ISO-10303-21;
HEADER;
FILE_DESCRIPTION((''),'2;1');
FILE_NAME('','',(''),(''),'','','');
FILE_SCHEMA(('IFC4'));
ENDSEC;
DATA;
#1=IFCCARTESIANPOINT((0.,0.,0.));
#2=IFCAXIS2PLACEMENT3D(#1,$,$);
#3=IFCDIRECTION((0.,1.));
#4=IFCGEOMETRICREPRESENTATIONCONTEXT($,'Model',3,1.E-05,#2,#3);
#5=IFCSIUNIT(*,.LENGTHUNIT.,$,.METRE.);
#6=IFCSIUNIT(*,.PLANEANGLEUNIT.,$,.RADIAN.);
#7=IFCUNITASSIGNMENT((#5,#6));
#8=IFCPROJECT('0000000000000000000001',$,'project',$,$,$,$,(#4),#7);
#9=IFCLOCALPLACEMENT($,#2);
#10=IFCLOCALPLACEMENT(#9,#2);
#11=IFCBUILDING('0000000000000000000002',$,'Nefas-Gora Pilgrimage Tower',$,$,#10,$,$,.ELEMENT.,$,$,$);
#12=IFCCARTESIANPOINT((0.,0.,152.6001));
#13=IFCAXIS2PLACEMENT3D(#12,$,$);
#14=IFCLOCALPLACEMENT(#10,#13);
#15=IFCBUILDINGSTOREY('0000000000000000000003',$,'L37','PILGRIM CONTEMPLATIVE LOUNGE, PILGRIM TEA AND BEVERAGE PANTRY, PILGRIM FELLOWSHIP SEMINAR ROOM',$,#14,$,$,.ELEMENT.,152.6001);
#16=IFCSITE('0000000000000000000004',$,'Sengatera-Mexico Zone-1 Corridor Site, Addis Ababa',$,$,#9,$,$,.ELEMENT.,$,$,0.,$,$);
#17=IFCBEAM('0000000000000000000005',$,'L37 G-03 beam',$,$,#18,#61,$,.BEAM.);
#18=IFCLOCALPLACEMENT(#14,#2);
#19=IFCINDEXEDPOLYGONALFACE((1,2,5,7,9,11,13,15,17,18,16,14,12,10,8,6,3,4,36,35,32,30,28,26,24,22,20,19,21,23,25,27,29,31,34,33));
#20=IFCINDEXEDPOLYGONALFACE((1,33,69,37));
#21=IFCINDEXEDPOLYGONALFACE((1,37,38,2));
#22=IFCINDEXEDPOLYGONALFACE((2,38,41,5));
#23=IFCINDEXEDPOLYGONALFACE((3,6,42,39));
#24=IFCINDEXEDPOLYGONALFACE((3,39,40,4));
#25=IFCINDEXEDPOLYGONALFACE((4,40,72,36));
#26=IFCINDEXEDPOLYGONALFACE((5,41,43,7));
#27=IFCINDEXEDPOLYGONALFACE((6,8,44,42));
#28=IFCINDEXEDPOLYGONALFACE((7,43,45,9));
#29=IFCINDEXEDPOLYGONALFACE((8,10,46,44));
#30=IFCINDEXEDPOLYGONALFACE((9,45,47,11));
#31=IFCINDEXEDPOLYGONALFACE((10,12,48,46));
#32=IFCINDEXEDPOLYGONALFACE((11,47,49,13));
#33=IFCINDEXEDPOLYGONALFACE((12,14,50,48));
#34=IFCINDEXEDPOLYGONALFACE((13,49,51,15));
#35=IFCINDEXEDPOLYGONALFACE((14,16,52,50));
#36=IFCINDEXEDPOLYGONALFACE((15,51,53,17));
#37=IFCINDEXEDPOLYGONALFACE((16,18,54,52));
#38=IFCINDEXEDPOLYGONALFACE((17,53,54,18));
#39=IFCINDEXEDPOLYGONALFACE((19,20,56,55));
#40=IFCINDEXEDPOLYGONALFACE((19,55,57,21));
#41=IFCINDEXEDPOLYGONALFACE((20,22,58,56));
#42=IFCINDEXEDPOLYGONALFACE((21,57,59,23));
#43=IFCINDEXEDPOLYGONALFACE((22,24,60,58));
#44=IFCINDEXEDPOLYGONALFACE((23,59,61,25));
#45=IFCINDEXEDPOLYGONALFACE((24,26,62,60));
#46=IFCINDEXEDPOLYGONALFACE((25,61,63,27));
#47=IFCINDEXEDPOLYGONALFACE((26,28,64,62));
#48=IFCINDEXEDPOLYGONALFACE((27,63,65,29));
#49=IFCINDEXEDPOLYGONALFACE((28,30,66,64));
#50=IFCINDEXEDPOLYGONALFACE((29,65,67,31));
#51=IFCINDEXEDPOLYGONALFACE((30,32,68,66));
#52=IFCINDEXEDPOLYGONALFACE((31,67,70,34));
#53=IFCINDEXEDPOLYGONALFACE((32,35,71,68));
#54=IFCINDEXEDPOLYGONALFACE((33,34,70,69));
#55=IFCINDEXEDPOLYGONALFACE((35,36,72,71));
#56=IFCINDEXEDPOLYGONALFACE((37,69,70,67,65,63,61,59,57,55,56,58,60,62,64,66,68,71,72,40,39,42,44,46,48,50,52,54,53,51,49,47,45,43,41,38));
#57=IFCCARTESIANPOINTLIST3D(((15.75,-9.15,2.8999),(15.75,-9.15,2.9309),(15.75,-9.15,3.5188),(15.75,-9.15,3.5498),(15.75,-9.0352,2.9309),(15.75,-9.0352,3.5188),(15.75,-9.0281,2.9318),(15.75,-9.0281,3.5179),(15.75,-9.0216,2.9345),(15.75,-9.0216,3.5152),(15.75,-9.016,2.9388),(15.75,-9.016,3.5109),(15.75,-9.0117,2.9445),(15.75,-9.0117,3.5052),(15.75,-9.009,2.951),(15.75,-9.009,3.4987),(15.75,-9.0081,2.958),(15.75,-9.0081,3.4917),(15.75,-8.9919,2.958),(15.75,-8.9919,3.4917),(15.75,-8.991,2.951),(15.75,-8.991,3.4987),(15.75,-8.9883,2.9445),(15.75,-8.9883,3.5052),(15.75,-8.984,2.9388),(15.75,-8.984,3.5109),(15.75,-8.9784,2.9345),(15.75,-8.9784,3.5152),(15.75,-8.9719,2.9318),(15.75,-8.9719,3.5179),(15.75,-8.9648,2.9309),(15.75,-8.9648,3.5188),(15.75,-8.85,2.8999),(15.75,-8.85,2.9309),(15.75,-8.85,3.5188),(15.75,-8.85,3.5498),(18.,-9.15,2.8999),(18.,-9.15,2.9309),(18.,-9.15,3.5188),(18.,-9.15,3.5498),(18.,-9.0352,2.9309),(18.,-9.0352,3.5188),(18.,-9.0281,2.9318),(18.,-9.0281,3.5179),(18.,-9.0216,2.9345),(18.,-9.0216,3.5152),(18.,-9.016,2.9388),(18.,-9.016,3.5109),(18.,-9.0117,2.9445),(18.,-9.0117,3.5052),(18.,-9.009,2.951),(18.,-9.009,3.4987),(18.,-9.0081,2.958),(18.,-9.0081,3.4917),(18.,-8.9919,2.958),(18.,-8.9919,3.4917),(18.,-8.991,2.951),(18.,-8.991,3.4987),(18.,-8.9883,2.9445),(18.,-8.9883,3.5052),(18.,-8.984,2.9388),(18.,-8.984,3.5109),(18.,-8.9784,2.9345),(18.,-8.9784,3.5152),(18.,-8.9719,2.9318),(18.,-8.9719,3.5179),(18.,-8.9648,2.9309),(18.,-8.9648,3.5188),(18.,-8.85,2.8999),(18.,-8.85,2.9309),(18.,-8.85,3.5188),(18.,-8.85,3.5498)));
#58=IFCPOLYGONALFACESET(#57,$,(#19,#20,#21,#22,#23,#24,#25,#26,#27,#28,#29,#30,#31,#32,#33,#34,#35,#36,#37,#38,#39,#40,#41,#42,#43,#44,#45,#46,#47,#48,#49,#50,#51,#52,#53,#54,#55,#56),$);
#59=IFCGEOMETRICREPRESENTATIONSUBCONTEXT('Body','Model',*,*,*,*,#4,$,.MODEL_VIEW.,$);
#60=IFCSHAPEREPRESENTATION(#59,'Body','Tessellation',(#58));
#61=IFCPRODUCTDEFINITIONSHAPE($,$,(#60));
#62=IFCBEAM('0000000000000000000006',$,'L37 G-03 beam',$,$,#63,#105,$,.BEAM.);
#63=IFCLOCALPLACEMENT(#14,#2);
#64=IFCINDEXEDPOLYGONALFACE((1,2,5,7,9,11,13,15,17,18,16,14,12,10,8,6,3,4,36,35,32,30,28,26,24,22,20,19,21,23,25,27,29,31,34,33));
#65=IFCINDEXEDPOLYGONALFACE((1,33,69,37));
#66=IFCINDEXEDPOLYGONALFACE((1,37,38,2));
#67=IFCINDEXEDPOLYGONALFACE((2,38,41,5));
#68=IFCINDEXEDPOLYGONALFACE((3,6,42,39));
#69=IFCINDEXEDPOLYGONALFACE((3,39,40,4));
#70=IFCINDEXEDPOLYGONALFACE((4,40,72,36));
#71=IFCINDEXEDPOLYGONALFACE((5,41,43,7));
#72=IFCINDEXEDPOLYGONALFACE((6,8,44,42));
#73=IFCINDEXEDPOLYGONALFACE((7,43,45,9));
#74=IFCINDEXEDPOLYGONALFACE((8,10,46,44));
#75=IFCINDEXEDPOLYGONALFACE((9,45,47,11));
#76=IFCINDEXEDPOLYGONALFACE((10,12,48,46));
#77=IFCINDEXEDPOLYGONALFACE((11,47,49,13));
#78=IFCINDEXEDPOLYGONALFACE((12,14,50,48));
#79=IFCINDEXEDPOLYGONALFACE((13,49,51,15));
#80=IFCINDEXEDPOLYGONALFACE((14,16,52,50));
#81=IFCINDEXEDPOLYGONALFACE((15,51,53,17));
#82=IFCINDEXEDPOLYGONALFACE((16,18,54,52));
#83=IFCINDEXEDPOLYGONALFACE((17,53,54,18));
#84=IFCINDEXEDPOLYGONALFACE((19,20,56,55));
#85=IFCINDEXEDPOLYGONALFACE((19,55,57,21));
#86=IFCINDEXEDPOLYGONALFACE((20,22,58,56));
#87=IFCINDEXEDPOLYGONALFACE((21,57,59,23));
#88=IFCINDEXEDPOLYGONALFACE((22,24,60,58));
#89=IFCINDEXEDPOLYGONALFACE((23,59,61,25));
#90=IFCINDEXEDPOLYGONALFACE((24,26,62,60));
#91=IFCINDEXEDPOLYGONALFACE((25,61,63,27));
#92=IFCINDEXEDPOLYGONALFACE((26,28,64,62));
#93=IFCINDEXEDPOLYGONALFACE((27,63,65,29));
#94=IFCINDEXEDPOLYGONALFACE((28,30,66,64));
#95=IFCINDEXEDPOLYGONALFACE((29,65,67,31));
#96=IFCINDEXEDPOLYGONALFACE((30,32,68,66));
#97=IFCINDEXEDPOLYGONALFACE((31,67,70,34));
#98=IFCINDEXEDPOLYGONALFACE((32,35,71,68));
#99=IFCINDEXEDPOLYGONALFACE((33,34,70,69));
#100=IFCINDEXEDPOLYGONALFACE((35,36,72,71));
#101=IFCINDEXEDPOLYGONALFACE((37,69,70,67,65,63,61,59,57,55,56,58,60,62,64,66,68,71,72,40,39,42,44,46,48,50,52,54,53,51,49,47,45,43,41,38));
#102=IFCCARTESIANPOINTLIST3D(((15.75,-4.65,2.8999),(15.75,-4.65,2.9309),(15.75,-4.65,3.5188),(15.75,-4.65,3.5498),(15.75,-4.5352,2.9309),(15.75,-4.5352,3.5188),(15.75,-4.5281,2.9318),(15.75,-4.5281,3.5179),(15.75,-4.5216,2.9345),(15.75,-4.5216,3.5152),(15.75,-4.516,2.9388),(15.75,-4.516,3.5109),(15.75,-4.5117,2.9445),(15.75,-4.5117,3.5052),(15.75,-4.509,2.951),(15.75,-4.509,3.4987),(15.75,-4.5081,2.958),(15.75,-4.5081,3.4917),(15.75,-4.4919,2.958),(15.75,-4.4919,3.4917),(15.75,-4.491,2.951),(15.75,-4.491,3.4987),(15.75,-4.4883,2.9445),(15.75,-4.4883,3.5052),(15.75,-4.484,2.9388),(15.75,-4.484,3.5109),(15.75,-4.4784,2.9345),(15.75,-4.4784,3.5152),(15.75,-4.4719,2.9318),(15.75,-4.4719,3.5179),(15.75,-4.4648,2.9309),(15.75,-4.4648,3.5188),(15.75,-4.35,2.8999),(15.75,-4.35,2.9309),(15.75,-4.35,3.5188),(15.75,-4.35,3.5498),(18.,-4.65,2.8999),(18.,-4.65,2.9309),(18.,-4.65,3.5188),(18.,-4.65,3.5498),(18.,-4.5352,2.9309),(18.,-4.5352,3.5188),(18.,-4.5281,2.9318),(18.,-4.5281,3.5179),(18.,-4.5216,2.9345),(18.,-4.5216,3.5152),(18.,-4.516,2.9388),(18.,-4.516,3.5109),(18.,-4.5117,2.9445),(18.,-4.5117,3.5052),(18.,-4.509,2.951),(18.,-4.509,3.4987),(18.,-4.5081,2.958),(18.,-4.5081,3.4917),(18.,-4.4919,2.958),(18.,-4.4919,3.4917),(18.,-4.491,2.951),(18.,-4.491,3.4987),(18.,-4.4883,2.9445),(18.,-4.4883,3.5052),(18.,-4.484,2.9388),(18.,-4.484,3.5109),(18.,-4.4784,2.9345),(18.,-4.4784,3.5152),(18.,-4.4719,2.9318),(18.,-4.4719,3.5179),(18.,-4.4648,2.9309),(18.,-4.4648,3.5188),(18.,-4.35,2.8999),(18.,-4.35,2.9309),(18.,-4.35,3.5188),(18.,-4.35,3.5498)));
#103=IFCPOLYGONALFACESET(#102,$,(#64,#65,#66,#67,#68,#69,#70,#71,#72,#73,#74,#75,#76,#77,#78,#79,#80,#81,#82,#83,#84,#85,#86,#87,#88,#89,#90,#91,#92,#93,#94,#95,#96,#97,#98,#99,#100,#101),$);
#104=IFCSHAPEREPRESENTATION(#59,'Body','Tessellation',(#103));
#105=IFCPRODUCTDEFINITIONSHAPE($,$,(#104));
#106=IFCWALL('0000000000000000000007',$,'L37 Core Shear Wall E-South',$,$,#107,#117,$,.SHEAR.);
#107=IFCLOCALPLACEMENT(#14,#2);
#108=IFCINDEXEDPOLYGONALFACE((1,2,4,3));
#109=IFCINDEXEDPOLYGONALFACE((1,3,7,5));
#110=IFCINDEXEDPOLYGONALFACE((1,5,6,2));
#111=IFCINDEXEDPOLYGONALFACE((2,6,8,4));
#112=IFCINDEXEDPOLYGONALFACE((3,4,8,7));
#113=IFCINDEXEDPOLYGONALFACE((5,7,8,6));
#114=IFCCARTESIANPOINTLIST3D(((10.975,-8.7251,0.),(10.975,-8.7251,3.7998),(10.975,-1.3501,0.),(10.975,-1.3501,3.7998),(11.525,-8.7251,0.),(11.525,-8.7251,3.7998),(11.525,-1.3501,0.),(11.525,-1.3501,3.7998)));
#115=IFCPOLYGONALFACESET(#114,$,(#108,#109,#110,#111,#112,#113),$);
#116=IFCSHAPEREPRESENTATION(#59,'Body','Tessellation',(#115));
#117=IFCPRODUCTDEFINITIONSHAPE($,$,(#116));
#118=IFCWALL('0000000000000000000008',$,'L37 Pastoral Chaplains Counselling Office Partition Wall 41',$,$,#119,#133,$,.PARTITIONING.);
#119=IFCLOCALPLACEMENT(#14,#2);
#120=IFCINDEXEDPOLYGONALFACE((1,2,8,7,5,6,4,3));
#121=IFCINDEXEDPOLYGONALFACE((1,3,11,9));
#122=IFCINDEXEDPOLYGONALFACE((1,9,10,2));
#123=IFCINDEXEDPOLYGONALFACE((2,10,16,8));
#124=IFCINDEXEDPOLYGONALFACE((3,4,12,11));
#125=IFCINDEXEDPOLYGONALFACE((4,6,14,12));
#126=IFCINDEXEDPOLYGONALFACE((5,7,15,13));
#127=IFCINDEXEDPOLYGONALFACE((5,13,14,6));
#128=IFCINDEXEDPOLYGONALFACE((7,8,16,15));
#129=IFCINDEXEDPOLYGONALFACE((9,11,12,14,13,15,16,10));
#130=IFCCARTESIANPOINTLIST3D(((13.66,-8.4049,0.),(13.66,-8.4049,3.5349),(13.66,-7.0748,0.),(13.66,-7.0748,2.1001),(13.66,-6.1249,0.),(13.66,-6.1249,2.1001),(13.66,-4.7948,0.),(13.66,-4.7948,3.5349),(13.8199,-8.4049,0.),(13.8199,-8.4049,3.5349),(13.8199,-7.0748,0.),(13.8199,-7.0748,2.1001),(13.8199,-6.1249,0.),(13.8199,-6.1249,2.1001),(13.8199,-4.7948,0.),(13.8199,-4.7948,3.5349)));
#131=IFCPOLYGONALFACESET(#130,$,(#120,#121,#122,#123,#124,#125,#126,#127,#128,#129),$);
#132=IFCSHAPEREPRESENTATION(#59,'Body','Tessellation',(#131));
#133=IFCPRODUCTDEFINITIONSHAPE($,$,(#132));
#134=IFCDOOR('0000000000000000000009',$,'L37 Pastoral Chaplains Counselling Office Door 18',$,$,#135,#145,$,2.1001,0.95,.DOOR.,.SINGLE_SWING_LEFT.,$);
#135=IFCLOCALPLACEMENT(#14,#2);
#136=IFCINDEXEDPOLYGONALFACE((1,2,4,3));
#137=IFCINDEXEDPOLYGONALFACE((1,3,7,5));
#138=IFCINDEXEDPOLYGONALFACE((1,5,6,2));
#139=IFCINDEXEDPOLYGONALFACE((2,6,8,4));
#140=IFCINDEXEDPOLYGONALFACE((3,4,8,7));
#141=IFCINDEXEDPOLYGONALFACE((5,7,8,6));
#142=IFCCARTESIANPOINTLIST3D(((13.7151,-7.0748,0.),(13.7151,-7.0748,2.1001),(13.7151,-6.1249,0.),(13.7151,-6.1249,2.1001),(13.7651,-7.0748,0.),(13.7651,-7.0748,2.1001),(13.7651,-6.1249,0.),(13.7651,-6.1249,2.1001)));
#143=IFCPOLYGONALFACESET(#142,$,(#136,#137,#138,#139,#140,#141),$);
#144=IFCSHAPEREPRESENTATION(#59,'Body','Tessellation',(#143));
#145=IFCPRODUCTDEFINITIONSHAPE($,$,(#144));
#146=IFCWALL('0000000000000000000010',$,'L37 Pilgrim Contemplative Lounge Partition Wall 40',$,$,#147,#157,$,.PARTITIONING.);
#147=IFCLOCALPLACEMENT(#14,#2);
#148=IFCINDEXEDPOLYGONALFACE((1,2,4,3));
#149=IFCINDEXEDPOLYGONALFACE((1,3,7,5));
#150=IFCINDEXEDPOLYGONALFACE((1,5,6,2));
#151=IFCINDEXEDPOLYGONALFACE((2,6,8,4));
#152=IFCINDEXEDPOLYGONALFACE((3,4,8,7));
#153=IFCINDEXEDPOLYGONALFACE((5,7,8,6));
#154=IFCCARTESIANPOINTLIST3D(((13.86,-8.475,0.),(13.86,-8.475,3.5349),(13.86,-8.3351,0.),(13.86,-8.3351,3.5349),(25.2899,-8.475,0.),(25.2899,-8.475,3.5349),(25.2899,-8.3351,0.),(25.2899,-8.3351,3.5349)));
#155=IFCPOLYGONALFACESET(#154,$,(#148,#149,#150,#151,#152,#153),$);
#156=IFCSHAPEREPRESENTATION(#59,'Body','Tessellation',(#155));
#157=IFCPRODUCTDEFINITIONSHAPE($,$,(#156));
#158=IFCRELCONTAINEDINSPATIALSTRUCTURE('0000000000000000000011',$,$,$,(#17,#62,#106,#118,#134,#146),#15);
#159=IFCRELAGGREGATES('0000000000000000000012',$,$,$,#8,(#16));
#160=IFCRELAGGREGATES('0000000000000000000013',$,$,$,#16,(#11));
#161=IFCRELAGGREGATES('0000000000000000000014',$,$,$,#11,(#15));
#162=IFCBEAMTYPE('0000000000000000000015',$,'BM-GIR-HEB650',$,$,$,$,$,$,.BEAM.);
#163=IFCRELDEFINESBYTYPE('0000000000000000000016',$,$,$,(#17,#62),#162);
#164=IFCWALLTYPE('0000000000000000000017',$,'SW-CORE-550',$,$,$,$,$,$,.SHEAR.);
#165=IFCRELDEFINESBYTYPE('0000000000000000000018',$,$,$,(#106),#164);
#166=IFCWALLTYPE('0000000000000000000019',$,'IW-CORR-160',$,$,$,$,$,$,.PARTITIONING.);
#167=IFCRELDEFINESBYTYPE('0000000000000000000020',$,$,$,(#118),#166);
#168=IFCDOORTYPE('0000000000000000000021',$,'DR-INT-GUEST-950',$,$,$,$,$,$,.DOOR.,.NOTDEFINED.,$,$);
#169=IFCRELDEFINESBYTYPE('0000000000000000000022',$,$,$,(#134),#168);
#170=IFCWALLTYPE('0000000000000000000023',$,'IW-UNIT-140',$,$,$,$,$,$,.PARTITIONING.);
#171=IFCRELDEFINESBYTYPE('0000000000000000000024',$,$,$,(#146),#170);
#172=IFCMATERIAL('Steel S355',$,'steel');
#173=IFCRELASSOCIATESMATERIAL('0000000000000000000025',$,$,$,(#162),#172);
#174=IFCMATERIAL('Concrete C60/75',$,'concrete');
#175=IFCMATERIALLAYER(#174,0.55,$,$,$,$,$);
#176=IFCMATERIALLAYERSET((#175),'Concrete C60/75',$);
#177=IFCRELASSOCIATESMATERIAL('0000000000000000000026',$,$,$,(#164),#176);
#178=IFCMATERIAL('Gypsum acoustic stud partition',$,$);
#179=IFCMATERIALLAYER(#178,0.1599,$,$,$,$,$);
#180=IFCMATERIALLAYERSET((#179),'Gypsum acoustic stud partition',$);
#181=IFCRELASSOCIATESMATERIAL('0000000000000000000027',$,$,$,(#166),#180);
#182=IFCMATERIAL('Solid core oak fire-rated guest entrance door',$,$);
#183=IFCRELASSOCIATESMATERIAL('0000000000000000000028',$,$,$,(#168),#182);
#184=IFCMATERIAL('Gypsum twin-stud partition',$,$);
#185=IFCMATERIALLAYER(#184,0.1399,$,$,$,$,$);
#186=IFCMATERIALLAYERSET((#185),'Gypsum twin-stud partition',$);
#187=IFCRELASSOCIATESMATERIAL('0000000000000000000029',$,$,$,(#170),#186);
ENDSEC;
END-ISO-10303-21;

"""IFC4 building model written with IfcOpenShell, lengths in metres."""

from ifc_helpers import new_model, si_unit, direction, frame, frame_2d, origin, origin_2d, place, context, subcontext, project, spatial, rectangle, i_section, extrude, source, transform, mapped, material, layer, layer_set, material_profile, profile_set, type_object, element, fill, save


model = new_model("IFC4")

# Units and contexts
model_context = context("Model", 3, precision=1e-05, world=origin(), true_north=direction((0.0, 1.0)))
body_context = subcontext(model_context, "Body", "Model", "MODEL_VIEW")
ifc_project = project(units=[si_unit("LENGTHUNIT", "METRE"), si_unit("PLANEANGLEUNIT", "RADIAN")], contexts=[model_context])

# Site, building, storey
site_placement = place(None, origin())
site = spatial("IfcSite", under=ifc_project, at=site_placement, Name="Sengatera-Mexico Zone-1 Corridor Site, Addis Ababa", CompositionType="ELEMENT", RefElevation=0.0)
building_placement = place(site_placement, origin())
building = spatial("IfcBuilding", under=site, at=building_placement, Name="Nefas-Gora Pilgrimage Tower", CompositionType="ELEMENT")
storey_placement = place(building_placement, frame((0.0, 0.0, 152.6001)))
storey = spatial("IfcBuildingStorey", under=building, at=storey_placement, Name="L37", Description="PILGRIM CONTEMPLATIVE LOUNGE, PILGRIM TEA AND BEVERAGE PANTRY, PILGRIM FELLOWSHIP SEMINAR ROOM", CompositionType="ELEMENT", Elevation=152.6001)

# Beams
ifc_material_1 = material(Name="Concrete C60/75", Category="concrete")
ifc_material_2 = material(Name="Steel S355", Category="steel")
ifc_material_profile_1 = material_profile(ifc_material_2, i_section(OverallWidth=0.3, OverallDepth=0.6499, WebThickness=0.0161, FlangeThickness=0.031, FilletRadius=0.0271, at=origin_2d()), Name="HEB 650")
ifc_profile_set_1 = profile_set([ifc_material_profile_1], Name="Steel S355")
beam_type_1 = type_object("IfcBeamType", Name="BM-GIR-HEB650", PredefinedType="BEAM", material=ifc_profile_set_1)
shared_shape_1 = source(origin(), body_context, "Body", "SweptSolid", [
    extrude(i_section(OverallWidth=0.3, OverallDepth=0.6499, WebThickness=0.0161, FlangeThickness=0.031, FilletRadius=0.0271, at=origin_2d()), origin(), (0.0, 0.0, 1.0), 2.25),
])
for number, where, z_axis, x_axis, name in (
    (1, (15.75, -9.0, 3.2249), (1.0, 0.0, 0.0), (0.0, 1.0, 0.0), "L37 G-03 beam"),
    (2, (15.75, -4.5, 3.2249), (1.0, 0.0, 0.0), (0.0, 1.0, 0.0), "L37 G-03 beam"),
):
    element("IfcBeam", number, at=place(storey_placement, frame(where, z_axis=z_axis, x_axis=x_axis)), inside=storey, type_object=beam_type_1, Name=name, PredefinedType="BEAM", context=body_context, shape_type="MappedRepresentation", body=[
        mapped(shared_shape_1, transform((0.0, 0.0, 0.0), x_axis=(1.0, 0.0, 0.0), y_axis=(0.0, 1.0, 0.0), z_axis=(0.0, 0.0, 1.0), scale=1.0)),
    ])

# Wall
ifc_layer_1 = layer(ifc_material_1, 0.55)
ifc_layer_set_1 = layer_set([ifc_layer_1], Name="Concrete C60/75")
wall_type_1 = type_object("IfcWallType", Name="SW-CORE-550", PredefinedType="SHEAR", material=ifc_layer_set_1)
shared_shape_2 = source(origin(), body_context, "Body", "SweptSolid", [
    extrude(rectangle(XDim=7.375, YDim=0.55, at=frame_2d((3.6875, 0.0))), origin(), (0.0, 0.0, 1.0), 3.7998),
])
wall_1_placement = place(storey_placement, frame((11.25, -8.7251, 0.0), z_axis=(0.0, 0.0, 1.0), x_axis=(0.0, 1.0, 0.0)))
element("IfcWall", 3, at=wall_1_placement, inside=storey, type_object=wall_type_1, Name="L37 Core Shear Wall E-South", PredefinedType="SHEAR", context=body_context, shape_type="MappedRepresentation", body=[
    mapped(shared_shape_2, transform((0.0, 0.0, 0.0), x_axis=(1.0, 0.0, 0.0), y_axis=(0.0, 1.0, 0.0), z_axis=(0.0, 0.0, 1.0), scale=1.0)),
])

# Wall, opening, door
ifc_material_3 = material(Name="Gypsum acoustic stud partition")
ifc_layer_2 = layer(ifc_material_3, 0.1599)
ifc_layer_set_2 = layer_set([ifc_layer_2], Name="Gypsum acoustic stud partition")
wall_type_2 = type_object("IfcWallType", Name="IW-CORR-160", PredefinedType="PARTITIONING", material=ifc_layer_set_2)
shared_shape_3 = source(origin(), body_context, "Body", "SweptSolid", [
    extrude(rectangle(XDim=3.6101, YDim=0.1599, at=frame_2d((1.8052, 0.0))), origin(), (0.0, 0.0, 1.0), 3.5349),
])
wall_2_placement = place(storey_placement, frame((13.74, -8.405, 0.0), z_axis=(0.0, 0.0, 1.0), x_axis=(0.0, 1.0, 0.0)))
wall_2 = element("IfcWall", 4, at=wall_2_placement, inside=storey, type_object=wall_type_2, Name="L37 Pastoral Chaplains Counselling Office Partition Wall 41", PredefinedType="PARTITIONING", context=body_context, shape_type="MappedRepresentation", body=[
    mapped(shared_shape_3, transform((0.0, 0.0, 0.0), x_axis=(1.0, 0.0, 0.0), y_axis=(0.0, 1.0, 0.0), z_axis=(0.0, 0.0, 1.0), scale=1.0)),
])
opening_1_placement = place(wall_2_placement, frame((1.3301, 0.0, 0.0)))
opening_1 = element("IfcOpeningElement", 5, at=opening_1_placement, cuts=wall_2, PredefinedType="OPENING", context=body_context, shape_type="SweptSolid", body=[
    extrude(rectangle(XDim=0.95, YDim=2.1001, at=frame_2d((0.4751, 1.05))), frame((0.0, 0.0898, 0.0), z_axis=(0.0, -1.0, 0.0), x_axis=(1.0, 0.0, 0.0)), (0.0, 0.0, 1.0), 0.1799),
])
ifc_material_4 = material(Name="Solid core oak fire-rated guest entrance door")
door_type_1 = type_object("IfcDoorType", Name="DR-INT-GUEST-950", OperationType="NOTDEFINED", PredefinedType="DOOR", material=ifc_material_4)
shared_shape_4 = source(origin(), body_context, "Body", "SweptSolid", [
    extrude(rectangle(XDim=0.95, YDim=2.1001, at=frame_2d((0.4751, 1.05))), frame((0.0, 0.0249, 0.0), z_axis=(0.0, -1.0, 0.0), x_axis=(1.0, 0.0, 0.0)), (0.0, 0.0, 1.0), 0.05),
])
door_1_placement = place(opening_1_placement, origin())
door_1 = element("IfcDoor", 6, at=door_1_placement, inside=storey, type_object=door_type_1, Name="L37 Pastoral Chaplains Counselling Office Door 18", OperationType="SINGLE_SWING_LEFT", OverallHeight=2.1001, OverallWidth=0.95, PredefinedType="DOOR", context=body_context, shape_type="MappedRepresentation", body=[
    mapped(shared_shape_4, transform((0.0, 0.0, 0.0), x_axis=(1.0, 0.0, 0.0), y_axis=(0.0, 1.0, 0.0), z_axis=(0.0, 0.0, 1.0), scale=1.0)),
])
fill(opening_1, door_1)

# Wall
ifc_material_5 = material(Name="Gypsum twin-stud partition")
ifc_layer_3 = layer(ifc_material_5, 0.1399)
ifc_layer_set_3 = layer_set([ifc_layer_3], Name="Gypsum twin-stud partition")
wall_type_3 = type_object("IfcWallType", Name="IW-UNIT-140", PredefinedType="PARTITIONING", material=ifc_layer_set_3)
shared_shape_5 = source(origin(), body_context, "Body", "SweptSolid", [
    extrude(rectangle(XDim=11.4299, YDim=0.1399, at=frame_2d((5.7148, 0.0))), origin(), (0.0, 0.0, 1.0), 3.5349),
])
wall_3_placement = place(storey_placement, frame((13.8601, -8.405, 0.0), z_axis=(0.0, 0.0, 1.0), x_axis=(1.0, 0.0, 0.0)))
element("IfcWall", 7, at=wall_3_placement, inside=storey, type_object=wall_type_3, Name="L37 Pilgrim Contemplative Lounge Partition Wall 40", PredefinedType="PARTITIONING", context=body_context, shape_type="MappedRepresentation", body=[
    mapped(shared_shape_5, transform((0.0, 0.0, 0.0), x_axis=(1.0, 0.0, 0.0), y_axis=(0.0, 1.0, 0.0), z_axis=(0.0, 0.0, 1.0), scale=1.0)),
])

save(model, "model.ifc")
